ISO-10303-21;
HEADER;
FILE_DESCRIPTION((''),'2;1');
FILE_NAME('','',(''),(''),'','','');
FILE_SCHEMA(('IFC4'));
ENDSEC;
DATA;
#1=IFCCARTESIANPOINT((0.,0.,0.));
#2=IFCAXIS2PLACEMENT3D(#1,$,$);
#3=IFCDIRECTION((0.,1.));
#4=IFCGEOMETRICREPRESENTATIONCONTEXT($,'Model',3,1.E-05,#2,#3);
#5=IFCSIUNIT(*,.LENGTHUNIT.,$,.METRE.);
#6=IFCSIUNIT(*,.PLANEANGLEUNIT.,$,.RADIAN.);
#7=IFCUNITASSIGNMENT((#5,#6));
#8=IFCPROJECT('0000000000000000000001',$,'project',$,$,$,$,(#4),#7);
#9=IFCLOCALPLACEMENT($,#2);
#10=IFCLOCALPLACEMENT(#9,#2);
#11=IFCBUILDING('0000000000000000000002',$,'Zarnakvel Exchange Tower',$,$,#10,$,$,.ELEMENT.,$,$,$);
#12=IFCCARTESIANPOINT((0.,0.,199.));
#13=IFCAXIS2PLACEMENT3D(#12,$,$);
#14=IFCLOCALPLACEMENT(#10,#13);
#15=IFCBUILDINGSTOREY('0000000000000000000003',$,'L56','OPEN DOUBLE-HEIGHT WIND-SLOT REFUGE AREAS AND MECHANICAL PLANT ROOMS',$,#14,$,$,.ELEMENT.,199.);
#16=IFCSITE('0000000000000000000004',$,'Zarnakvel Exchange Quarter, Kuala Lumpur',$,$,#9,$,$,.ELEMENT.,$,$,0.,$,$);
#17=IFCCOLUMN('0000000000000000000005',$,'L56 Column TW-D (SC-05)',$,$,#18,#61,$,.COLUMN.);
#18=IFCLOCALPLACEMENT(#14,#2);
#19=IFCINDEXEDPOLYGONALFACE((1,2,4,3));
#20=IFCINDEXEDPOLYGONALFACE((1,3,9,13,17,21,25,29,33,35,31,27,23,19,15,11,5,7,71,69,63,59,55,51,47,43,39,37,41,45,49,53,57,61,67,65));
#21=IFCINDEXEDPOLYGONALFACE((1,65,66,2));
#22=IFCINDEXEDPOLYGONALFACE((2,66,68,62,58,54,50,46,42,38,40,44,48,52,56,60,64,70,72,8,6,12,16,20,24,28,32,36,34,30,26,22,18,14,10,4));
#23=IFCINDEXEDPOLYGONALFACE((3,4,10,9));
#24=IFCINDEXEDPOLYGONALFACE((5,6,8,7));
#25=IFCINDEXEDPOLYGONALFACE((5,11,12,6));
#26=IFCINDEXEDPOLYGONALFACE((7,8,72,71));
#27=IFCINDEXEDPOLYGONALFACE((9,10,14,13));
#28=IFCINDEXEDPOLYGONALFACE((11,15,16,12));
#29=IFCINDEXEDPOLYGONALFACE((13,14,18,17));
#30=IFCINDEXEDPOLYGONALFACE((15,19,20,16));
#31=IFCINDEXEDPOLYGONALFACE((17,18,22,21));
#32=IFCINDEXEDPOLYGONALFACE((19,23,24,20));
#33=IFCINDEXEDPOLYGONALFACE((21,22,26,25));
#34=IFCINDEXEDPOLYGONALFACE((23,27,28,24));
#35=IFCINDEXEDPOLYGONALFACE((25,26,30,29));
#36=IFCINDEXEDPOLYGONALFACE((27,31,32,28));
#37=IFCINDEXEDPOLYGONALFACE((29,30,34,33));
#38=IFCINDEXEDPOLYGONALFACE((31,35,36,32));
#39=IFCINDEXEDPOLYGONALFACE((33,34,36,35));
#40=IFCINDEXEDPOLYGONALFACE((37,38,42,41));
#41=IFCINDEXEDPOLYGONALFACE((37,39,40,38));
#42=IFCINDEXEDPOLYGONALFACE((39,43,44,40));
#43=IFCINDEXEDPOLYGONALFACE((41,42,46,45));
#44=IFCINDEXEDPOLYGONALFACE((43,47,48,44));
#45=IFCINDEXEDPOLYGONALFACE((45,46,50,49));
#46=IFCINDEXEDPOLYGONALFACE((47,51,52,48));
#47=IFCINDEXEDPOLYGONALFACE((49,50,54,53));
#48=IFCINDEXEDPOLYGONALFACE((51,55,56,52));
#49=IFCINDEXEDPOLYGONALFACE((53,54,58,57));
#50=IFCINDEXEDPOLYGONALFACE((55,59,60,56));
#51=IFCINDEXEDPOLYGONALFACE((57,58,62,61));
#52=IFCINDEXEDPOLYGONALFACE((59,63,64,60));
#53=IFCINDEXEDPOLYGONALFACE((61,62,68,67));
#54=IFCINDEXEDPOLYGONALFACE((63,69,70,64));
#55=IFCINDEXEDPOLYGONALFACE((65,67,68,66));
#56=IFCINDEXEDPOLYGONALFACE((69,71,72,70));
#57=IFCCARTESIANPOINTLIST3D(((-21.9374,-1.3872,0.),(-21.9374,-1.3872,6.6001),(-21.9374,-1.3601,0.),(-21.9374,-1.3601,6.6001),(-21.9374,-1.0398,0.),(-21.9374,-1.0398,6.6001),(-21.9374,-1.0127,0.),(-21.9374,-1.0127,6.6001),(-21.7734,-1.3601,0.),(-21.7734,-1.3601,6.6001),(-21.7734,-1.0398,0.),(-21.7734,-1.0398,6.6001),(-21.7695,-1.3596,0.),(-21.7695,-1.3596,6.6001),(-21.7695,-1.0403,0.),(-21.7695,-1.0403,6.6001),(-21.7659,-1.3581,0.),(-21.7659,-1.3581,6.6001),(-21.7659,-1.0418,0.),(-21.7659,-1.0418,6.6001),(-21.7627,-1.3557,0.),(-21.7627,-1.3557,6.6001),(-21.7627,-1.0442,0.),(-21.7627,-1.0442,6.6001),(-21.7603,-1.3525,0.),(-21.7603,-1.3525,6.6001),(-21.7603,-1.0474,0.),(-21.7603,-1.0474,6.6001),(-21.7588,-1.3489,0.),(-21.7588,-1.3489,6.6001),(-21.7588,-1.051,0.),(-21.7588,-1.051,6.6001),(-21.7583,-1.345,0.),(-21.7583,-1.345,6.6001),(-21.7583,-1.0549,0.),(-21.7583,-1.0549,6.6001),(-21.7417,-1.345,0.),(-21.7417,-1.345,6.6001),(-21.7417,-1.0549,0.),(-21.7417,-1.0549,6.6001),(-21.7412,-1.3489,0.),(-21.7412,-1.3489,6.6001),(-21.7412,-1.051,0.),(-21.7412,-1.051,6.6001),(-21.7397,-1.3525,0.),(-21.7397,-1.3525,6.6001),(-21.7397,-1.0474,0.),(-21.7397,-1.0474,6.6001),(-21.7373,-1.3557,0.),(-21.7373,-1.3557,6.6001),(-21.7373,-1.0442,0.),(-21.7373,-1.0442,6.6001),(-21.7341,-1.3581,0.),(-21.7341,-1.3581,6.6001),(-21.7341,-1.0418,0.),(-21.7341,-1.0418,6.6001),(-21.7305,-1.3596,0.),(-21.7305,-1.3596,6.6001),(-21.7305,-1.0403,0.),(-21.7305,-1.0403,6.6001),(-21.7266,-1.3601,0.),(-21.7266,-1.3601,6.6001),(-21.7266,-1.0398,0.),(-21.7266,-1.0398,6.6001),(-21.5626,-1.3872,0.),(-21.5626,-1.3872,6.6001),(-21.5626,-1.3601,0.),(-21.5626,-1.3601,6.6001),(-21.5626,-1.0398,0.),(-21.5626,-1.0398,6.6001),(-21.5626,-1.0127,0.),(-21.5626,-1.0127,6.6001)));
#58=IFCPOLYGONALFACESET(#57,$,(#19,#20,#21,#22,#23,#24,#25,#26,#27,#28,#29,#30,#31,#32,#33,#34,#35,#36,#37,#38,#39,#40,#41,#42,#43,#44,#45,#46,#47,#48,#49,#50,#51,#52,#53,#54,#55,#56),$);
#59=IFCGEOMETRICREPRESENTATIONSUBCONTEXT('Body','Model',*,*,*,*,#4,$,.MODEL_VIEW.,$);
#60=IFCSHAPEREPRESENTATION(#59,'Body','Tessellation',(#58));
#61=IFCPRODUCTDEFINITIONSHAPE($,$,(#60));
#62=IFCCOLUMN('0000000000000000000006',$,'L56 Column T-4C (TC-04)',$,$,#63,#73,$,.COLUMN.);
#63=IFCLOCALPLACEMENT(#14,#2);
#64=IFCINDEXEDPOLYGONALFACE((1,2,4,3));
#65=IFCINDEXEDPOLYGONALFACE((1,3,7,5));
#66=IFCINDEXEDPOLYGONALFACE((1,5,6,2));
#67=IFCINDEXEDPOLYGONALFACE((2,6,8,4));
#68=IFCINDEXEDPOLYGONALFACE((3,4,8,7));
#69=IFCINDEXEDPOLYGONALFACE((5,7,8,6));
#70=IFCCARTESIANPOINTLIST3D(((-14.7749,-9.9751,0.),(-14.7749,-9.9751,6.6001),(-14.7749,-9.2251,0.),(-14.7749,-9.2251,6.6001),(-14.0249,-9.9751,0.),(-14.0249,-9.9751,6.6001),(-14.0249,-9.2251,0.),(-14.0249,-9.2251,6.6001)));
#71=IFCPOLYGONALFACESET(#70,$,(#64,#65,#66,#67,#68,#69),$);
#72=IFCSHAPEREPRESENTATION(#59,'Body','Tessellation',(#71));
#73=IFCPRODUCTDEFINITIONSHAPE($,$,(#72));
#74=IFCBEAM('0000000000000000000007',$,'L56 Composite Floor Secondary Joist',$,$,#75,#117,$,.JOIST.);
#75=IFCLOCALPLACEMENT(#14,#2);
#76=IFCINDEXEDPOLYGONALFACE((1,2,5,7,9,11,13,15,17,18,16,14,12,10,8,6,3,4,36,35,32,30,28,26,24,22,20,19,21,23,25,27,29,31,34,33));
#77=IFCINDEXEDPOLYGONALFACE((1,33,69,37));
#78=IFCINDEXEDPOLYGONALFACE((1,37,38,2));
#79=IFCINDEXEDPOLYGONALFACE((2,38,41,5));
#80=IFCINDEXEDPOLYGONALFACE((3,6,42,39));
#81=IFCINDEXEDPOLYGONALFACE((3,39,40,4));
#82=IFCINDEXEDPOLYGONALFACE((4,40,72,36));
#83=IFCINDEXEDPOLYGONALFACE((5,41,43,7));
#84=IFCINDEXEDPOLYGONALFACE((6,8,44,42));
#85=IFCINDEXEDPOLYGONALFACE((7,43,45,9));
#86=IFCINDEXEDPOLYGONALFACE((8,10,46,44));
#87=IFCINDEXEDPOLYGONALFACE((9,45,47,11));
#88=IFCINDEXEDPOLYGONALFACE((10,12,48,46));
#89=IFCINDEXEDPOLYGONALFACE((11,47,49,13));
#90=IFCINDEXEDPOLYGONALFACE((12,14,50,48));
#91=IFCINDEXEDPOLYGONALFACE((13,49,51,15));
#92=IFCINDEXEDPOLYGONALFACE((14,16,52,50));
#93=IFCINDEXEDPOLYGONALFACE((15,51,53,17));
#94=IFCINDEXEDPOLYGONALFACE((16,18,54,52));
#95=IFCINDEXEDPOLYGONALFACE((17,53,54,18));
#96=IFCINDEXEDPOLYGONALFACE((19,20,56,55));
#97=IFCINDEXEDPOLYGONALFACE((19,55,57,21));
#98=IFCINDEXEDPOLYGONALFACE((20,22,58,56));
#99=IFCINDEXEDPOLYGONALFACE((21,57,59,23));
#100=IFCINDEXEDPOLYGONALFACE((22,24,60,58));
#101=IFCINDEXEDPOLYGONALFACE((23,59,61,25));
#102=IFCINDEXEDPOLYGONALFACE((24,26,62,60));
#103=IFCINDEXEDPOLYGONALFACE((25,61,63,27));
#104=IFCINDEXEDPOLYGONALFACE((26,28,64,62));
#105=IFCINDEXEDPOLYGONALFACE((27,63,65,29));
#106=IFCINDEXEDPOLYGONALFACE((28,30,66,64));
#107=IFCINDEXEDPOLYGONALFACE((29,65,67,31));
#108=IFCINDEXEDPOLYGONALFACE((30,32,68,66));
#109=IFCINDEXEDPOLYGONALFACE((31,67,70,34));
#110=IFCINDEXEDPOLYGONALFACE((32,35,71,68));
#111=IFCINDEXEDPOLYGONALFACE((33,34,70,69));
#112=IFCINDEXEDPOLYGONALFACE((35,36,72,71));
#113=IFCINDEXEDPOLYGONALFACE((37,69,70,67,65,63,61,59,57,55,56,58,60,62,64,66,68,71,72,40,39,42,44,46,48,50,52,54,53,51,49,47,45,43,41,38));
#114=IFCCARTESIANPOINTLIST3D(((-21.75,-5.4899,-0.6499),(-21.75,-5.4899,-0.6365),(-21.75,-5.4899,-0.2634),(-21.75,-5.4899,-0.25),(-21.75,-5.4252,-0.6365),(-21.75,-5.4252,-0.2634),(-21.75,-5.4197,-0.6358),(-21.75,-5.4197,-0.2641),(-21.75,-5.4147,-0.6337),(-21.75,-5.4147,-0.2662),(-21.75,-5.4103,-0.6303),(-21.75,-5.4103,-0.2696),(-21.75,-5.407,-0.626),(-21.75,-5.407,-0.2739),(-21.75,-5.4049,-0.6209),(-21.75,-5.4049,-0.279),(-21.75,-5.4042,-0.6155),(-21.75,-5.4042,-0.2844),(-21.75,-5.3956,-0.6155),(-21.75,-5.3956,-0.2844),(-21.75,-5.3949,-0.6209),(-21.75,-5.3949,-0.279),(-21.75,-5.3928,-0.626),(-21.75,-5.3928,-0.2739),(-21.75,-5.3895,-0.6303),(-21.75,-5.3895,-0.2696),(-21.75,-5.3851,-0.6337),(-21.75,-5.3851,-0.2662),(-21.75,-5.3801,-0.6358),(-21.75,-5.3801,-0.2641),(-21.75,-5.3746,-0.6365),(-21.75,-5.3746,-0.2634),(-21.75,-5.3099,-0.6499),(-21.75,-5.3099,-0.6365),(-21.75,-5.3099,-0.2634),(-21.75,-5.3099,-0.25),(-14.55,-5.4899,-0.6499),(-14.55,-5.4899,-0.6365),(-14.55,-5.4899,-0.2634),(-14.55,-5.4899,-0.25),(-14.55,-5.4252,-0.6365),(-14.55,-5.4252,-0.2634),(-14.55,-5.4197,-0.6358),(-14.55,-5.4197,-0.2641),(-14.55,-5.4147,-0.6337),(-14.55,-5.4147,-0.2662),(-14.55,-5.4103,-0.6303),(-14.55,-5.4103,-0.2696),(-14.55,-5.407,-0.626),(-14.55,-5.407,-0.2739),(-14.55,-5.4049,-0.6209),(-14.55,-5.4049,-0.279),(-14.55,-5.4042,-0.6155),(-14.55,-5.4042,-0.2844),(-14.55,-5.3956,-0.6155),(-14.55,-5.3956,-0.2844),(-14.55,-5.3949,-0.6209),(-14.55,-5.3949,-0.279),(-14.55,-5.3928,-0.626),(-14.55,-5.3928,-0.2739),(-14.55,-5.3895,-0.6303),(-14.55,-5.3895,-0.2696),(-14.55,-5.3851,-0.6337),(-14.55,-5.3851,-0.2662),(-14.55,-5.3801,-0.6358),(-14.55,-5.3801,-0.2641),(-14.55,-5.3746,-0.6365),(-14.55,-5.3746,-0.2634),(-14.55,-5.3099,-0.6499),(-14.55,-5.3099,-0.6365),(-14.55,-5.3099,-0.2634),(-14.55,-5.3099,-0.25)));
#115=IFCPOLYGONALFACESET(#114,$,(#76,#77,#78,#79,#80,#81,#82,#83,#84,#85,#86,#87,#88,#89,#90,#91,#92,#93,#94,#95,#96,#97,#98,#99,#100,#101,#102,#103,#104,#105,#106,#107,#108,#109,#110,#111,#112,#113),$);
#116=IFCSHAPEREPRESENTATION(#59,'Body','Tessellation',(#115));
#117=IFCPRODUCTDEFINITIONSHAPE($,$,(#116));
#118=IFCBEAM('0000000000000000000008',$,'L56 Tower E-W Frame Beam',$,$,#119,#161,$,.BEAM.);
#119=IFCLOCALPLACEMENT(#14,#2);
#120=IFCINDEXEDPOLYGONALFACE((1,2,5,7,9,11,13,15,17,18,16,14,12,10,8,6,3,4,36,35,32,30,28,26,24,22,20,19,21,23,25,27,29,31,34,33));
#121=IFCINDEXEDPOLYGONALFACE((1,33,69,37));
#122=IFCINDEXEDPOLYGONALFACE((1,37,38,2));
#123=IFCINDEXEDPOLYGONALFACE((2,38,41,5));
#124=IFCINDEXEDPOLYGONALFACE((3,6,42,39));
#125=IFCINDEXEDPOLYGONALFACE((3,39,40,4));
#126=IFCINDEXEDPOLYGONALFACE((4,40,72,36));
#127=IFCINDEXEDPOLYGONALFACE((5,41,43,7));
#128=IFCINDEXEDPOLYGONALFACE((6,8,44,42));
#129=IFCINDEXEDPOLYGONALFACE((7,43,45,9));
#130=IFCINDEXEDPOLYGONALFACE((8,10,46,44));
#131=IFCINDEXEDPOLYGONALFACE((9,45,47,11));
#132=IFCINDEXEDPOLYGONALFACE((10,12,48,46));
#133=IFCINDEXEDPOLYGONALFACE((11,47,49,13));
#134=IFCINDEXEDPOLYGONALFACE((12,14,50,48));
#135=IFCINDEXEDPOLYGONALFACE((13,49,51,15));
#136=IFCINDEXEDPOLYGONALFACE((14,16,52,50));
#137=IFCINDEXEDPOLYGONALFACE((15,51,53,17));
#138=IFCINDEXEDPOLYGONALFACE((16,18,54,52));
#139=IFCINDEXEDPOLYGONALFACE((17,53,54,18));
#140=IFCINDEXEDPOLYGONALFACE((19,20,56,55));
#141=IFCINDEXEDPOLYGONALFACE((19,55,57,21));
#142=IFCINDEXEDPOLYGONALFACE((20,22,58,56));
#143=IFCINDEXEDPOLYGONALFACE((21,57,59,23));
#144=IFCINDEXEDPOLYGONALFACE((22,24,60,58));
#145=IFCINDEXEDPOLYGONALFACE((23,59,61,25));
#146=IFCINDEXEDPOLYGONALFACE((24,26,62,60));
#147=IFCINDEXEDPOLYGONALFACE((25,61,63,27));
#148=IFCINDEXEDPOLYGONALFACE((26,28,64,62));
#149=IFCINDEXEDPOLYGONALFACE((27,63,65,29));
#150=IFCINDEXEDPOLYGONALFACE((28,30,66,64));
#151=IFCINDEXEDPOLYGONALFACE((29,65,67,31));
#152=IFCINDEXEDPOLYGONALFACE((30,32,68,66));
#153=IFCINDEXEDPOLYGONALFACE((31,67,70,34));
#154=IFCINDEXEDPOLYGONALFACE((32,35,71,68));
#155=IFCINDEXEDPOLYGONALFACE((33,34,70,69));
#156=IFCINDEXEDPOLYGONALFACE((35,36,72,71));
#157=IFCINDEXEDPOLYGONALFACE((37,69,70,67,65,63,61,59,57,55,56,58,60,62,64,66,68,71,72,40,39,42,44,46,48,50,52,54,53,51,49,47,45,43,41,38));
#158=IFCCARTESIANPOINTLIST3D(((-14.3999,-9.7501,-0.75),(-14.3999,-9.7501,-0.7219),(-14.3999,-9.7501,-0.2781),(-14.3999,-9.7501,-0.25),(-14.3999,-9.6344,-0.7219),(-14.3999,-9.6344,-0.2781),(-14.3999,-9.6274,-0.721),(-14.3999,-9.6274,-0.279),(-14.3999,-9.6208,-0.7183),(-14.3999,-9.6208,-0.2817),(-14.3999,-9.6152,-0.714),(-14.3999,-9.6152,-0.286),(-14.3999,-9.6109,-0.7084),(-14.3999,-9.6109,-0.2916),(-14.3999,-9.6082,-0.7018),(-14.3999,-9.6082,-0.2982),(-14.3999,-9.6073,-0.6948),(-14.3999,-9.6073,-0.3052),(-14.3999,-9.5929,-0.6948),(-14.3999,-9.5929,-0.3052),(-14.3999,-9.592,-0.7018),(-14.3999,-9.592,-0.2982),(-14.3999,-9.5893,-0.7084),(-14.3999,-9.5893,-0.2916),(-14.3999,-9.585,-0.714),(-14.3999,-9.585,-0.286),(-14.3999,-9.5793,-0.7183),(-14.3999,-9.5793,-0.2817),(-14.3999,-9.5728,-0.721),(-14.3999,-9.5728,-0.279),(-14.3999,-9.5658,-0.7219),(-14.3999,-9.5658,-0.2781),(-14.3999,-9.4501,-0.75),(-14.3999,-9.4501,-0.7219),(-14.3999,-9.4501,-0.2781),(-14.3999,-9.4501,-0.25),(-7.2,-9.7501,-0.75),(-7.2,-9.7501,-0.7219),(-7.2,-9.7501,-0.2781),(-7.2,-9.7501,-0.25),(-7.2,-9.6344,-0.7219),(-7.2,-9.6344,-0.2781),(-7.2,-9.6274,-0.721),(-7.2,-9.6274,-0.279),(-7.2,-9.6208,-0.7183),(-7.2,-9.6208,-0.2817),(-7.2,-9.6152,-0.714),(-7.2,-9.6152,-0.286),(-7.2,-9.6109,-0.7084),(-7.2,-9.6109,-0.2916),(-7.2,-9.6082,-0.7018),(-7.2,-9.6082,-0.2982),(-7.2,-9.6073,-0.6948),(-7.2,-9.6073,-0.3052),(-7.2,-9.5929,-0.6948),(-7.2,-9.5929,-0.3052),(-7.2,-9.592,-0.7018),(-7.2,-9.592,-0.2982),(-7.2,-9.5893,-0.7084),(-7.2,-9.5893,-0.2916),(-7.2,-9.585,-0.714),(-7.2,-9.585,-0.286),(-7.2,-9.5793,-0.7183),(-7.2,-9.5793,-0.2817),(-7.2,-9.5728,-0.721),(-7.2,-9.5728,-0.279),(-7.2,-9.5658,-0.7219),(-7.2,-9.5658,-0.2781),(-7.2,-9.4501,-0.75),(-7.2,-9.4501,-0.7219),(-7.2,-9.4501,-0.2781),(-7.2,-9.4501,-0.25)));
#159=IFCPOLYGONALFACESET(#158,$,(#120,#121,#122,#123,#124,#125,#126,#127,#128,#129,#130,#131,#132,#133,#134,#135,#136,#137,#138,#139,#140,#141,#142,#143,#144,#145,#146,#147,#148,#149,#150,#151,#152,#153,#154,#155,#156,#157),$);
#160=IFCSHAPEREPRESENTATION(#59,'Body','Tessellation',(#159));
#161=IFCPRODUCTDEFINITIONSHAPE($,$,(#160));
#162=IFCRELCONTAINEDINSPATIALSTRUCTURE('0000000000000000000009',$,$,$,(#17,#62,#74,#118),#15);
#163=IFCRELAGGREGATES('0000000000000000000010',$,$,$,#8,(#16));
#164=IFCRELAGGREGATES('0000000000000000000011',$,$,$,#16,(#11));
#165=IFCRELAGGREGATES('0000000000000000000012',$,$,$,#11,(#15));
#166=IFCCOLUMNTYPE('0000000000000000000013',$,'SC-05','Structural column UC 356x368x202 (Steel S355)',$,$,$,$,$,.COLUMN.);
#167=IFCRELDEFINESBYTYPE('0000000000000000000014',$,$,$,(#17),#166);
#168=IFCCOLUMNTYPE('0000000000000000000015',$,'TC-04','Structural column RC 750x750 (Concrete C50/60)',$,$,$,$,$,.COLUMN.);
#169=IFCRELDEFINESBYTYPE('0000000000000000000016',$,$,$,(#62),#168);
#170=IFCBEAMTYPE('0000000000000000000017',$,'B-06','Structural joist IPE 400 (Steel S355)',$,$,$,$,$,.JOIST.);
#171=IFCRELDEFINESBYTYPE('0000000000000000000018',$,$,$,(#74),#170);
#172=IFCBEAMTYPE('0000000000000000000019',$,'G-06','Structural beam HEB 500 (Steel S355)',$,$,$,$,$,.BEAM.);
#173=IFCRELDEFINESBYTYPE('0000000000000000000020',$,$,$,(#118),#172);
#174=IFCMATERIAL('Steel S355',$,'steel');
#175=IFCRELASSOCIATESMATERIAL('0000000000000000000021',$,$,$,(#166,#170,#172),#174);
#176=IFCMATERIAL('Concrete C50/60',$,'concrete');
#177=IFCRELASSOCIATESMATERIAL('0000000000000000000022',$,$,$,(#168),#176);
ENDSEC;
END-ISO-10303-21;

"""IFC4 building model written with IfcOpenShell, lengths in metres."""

from ifc_helpers import new_model, si_unit, direction, frame, origin, origin_2d, place, context, subcontext, project, spatial, rectangle, i_section, extrude, material, material_profile, profile_set, type_object, element, save


model = new_model("IFC4")

# Units and contexts
model_context = context("Model", 3, precision=1e-05, world=origin(), true_north=direction((0.0, 1.0)))
body_context = subcontext(model_context, "Body", "Model", "MODEL_VIEW")
ifc_project = project(units=[si_unit("LENGTHUNIT", "METRE"), si_unit("PLANEANGLEUNIT", "RADIAN")], contexts=[model_context])

# Site, building, storey
site_placement = place(None, origin())
site = spatial("IfcSite", under=ifc_project, at=site_placement, Name="Zarnakvel Exchange Quarter, Kuala Lumpur", CompositionType="ELEMENT", RefElevation=0.0)
building_placement = place(site_placement, origin())
building = spatial("IfcBuilding", under=site, at=building_placement, Name="Zarnakvel Exchange Tower", CompositionType="ELEMENT")
storey_placement = place(building_placement, frame((0.0, 0.0, 199.0)))
storey = spatial("IfcBuildingStorey", under=building, at=storey_placement, Name="L56", Description="OPEN DOUBLE-HEIGHT WIND-SLOT REFUGE AREAS AND MECHANICAL PLANT ROOMS", CompositionType="ELEMENT", Elevation=199.0)

# Columns
ifc_material_1 = material(Name="Steel S355", Category="steel")
ifc_material_profile_1 = material_profile(ifc_material_1, i_section(OverallWidth=0.3748, OverallDepth=0.3745, WebThickness=0.0166, FlangeThickness=0.0271, FilletRadius=0.0151, at=origin_2d()))
ifc_profile_set_1 = profile_set([ifc_material_profile_1], Name="Steel S355")
column_type_1 = type_object("IfcColumnType", Name="SC-05", Description="Structural column UC 356x368x202 (Steel S355)", PredefinedType="COLUMN", material=ifc_profile_set_1)
column_1_placement = place(storey_placement, frame((-21.75, -1.2, 0.0), z_axis=(0.0, 0.0, 1.0), x_axis=(1.0, 0.0, 0.0)))
element("IfcColumn", 1, at=column_1_placement, inside=storey, type_object=column_type_1, Name="L56 Column TW-D (SC-05)", PredefinedType="COLUMN", context=body_context, shape_type="SweptSolid", body=[
    extrude(i_section(OverallWidth=0.3748, OverallDepth=0.3745, WebThickness=0.0166, FlangeThickness=0.0271, FilletRadius=0.0151, at=origin_2d()), origin(), (0.0, 0.0, 1.0), 6.6001),
])
ifc_material_2 = material(Name="Concrete C50/60", Category="concrete")
ifc_material_profile_2 = material_profile(ifc_material_2, rectangle(XDim=0.75, YDim=0.75, at=origin_2d()))
ifc_profile_set_2 = profile_set([ifc_material_profile_2], Name="Concrete C50/60")
column_type_2 = type_object("IfcColumnType", Name="TC-04", Description="Structural column RC 750x750 (Concrete C50/60)", PredefinedType="COLUMN", material=ifc_profile_set_2)
column_2_placement = place(storey_placement, frame((-14.3999, -9.6001, 0.0), z_axis=(0.0, 0.0, 1.0), x_axis=(1.0, 0.0, 0.0)))
element("IfcColumn", 2, at=column_2_placement, inside=storey, type_object=column_type_2, Name="L56 Column T-4C (TC-04)", PredefinedType="COLUMN", context=body_context, shape_type="SweptSolid", body=[
    extrude(rectangle(XDim=0.75, YDim=0.75, at=origin_2d()), origin(), (0.0, 0.0, 1.0), 6.6001),
])

# Beams
ifc_material_profile_3 = material_profile(ifc_material_1, i_section(OverallWidth=0.1799, OverallDepth=0.3999, WebThickness=0.0085, FlangeThickness=0.0134, FilletRadius=0.021, at=origin_2d()))
ifc_profile_set_3 = profile_set([ifc_material_profile_3], Name="Steel S355")
beam_type_1 = type_object("IfcBeamType", Name="B-06", Description="Structural joist IPE 400 (Steel S355)", PredefinedType="JOIST", material=ifc_profile_set_3)
beam_1_placement = place(storey_placement, frame((-21.75, -5.3999, -0.45), z_axis=(1.0, 0.0, 0.0), x_axis=(0.0, 1.0, 0.0)))
element("IfcBeam", 3, at=beam_1_placement, inside=storey, type_object=beam_type_1, Name="L56 Composite Floor Secondary Joist", PredefinedType="JOIST", context=body_context, shape_type="SweptSolid", body=[
    extrude(i_section(OverallWidth=0.1799, OverallDepth=0.3999, WebThickness=0.0085, FlangeThickness=0.0134, FilletRadius=0.021, at=origin_2d()), origin(), (0.0, 0.0, 1.0), 7.2),
])
ifc_material_profile_4 = material_profile(ifc_material_1, i_section(OverallWidth=0.3, OverallDepth=0.5, WebThickness=0.0144, FlangeThickness=0.0281, FilletRadius=0.0271, at=origin_2d()))
ifc_profile_set_4 = profile_set([ifc_material_profile_4], Name="Steel S355")
beam_type_2 = type_object("IfcBeamType", Name="G-06", Description="Structural beam HEB 500 (Steel S355)", PredefinedType="BEAM", material=ifc_profile_set_4)
beam_2_placement = place(storey_placement, frame((-14.3999, -9.6001, -0.5), z_axis=(1.0, 0.0, 0.0), x_axis=(0.0, 1.0, 0.0)))
element("IfcBeam", 4, at=beam_2_placement, inside=storey, type_object=beam_type_2, Name="L56 Tower E-W Frame Beam", PredefinedType="BEAM", context=body_context, shape_type="SweptSolid", body=[
    extrude(i_section(OverallWidth=0.3, OverallDepth=0.5, WebThickness=0.0144, FlangeThickness=0.0281, FilletRadius=0.0271, at=origin_2d()), origin(), (0.0, 0.0, 1.0), 7.2),
])

save(model, "model.ifc")
